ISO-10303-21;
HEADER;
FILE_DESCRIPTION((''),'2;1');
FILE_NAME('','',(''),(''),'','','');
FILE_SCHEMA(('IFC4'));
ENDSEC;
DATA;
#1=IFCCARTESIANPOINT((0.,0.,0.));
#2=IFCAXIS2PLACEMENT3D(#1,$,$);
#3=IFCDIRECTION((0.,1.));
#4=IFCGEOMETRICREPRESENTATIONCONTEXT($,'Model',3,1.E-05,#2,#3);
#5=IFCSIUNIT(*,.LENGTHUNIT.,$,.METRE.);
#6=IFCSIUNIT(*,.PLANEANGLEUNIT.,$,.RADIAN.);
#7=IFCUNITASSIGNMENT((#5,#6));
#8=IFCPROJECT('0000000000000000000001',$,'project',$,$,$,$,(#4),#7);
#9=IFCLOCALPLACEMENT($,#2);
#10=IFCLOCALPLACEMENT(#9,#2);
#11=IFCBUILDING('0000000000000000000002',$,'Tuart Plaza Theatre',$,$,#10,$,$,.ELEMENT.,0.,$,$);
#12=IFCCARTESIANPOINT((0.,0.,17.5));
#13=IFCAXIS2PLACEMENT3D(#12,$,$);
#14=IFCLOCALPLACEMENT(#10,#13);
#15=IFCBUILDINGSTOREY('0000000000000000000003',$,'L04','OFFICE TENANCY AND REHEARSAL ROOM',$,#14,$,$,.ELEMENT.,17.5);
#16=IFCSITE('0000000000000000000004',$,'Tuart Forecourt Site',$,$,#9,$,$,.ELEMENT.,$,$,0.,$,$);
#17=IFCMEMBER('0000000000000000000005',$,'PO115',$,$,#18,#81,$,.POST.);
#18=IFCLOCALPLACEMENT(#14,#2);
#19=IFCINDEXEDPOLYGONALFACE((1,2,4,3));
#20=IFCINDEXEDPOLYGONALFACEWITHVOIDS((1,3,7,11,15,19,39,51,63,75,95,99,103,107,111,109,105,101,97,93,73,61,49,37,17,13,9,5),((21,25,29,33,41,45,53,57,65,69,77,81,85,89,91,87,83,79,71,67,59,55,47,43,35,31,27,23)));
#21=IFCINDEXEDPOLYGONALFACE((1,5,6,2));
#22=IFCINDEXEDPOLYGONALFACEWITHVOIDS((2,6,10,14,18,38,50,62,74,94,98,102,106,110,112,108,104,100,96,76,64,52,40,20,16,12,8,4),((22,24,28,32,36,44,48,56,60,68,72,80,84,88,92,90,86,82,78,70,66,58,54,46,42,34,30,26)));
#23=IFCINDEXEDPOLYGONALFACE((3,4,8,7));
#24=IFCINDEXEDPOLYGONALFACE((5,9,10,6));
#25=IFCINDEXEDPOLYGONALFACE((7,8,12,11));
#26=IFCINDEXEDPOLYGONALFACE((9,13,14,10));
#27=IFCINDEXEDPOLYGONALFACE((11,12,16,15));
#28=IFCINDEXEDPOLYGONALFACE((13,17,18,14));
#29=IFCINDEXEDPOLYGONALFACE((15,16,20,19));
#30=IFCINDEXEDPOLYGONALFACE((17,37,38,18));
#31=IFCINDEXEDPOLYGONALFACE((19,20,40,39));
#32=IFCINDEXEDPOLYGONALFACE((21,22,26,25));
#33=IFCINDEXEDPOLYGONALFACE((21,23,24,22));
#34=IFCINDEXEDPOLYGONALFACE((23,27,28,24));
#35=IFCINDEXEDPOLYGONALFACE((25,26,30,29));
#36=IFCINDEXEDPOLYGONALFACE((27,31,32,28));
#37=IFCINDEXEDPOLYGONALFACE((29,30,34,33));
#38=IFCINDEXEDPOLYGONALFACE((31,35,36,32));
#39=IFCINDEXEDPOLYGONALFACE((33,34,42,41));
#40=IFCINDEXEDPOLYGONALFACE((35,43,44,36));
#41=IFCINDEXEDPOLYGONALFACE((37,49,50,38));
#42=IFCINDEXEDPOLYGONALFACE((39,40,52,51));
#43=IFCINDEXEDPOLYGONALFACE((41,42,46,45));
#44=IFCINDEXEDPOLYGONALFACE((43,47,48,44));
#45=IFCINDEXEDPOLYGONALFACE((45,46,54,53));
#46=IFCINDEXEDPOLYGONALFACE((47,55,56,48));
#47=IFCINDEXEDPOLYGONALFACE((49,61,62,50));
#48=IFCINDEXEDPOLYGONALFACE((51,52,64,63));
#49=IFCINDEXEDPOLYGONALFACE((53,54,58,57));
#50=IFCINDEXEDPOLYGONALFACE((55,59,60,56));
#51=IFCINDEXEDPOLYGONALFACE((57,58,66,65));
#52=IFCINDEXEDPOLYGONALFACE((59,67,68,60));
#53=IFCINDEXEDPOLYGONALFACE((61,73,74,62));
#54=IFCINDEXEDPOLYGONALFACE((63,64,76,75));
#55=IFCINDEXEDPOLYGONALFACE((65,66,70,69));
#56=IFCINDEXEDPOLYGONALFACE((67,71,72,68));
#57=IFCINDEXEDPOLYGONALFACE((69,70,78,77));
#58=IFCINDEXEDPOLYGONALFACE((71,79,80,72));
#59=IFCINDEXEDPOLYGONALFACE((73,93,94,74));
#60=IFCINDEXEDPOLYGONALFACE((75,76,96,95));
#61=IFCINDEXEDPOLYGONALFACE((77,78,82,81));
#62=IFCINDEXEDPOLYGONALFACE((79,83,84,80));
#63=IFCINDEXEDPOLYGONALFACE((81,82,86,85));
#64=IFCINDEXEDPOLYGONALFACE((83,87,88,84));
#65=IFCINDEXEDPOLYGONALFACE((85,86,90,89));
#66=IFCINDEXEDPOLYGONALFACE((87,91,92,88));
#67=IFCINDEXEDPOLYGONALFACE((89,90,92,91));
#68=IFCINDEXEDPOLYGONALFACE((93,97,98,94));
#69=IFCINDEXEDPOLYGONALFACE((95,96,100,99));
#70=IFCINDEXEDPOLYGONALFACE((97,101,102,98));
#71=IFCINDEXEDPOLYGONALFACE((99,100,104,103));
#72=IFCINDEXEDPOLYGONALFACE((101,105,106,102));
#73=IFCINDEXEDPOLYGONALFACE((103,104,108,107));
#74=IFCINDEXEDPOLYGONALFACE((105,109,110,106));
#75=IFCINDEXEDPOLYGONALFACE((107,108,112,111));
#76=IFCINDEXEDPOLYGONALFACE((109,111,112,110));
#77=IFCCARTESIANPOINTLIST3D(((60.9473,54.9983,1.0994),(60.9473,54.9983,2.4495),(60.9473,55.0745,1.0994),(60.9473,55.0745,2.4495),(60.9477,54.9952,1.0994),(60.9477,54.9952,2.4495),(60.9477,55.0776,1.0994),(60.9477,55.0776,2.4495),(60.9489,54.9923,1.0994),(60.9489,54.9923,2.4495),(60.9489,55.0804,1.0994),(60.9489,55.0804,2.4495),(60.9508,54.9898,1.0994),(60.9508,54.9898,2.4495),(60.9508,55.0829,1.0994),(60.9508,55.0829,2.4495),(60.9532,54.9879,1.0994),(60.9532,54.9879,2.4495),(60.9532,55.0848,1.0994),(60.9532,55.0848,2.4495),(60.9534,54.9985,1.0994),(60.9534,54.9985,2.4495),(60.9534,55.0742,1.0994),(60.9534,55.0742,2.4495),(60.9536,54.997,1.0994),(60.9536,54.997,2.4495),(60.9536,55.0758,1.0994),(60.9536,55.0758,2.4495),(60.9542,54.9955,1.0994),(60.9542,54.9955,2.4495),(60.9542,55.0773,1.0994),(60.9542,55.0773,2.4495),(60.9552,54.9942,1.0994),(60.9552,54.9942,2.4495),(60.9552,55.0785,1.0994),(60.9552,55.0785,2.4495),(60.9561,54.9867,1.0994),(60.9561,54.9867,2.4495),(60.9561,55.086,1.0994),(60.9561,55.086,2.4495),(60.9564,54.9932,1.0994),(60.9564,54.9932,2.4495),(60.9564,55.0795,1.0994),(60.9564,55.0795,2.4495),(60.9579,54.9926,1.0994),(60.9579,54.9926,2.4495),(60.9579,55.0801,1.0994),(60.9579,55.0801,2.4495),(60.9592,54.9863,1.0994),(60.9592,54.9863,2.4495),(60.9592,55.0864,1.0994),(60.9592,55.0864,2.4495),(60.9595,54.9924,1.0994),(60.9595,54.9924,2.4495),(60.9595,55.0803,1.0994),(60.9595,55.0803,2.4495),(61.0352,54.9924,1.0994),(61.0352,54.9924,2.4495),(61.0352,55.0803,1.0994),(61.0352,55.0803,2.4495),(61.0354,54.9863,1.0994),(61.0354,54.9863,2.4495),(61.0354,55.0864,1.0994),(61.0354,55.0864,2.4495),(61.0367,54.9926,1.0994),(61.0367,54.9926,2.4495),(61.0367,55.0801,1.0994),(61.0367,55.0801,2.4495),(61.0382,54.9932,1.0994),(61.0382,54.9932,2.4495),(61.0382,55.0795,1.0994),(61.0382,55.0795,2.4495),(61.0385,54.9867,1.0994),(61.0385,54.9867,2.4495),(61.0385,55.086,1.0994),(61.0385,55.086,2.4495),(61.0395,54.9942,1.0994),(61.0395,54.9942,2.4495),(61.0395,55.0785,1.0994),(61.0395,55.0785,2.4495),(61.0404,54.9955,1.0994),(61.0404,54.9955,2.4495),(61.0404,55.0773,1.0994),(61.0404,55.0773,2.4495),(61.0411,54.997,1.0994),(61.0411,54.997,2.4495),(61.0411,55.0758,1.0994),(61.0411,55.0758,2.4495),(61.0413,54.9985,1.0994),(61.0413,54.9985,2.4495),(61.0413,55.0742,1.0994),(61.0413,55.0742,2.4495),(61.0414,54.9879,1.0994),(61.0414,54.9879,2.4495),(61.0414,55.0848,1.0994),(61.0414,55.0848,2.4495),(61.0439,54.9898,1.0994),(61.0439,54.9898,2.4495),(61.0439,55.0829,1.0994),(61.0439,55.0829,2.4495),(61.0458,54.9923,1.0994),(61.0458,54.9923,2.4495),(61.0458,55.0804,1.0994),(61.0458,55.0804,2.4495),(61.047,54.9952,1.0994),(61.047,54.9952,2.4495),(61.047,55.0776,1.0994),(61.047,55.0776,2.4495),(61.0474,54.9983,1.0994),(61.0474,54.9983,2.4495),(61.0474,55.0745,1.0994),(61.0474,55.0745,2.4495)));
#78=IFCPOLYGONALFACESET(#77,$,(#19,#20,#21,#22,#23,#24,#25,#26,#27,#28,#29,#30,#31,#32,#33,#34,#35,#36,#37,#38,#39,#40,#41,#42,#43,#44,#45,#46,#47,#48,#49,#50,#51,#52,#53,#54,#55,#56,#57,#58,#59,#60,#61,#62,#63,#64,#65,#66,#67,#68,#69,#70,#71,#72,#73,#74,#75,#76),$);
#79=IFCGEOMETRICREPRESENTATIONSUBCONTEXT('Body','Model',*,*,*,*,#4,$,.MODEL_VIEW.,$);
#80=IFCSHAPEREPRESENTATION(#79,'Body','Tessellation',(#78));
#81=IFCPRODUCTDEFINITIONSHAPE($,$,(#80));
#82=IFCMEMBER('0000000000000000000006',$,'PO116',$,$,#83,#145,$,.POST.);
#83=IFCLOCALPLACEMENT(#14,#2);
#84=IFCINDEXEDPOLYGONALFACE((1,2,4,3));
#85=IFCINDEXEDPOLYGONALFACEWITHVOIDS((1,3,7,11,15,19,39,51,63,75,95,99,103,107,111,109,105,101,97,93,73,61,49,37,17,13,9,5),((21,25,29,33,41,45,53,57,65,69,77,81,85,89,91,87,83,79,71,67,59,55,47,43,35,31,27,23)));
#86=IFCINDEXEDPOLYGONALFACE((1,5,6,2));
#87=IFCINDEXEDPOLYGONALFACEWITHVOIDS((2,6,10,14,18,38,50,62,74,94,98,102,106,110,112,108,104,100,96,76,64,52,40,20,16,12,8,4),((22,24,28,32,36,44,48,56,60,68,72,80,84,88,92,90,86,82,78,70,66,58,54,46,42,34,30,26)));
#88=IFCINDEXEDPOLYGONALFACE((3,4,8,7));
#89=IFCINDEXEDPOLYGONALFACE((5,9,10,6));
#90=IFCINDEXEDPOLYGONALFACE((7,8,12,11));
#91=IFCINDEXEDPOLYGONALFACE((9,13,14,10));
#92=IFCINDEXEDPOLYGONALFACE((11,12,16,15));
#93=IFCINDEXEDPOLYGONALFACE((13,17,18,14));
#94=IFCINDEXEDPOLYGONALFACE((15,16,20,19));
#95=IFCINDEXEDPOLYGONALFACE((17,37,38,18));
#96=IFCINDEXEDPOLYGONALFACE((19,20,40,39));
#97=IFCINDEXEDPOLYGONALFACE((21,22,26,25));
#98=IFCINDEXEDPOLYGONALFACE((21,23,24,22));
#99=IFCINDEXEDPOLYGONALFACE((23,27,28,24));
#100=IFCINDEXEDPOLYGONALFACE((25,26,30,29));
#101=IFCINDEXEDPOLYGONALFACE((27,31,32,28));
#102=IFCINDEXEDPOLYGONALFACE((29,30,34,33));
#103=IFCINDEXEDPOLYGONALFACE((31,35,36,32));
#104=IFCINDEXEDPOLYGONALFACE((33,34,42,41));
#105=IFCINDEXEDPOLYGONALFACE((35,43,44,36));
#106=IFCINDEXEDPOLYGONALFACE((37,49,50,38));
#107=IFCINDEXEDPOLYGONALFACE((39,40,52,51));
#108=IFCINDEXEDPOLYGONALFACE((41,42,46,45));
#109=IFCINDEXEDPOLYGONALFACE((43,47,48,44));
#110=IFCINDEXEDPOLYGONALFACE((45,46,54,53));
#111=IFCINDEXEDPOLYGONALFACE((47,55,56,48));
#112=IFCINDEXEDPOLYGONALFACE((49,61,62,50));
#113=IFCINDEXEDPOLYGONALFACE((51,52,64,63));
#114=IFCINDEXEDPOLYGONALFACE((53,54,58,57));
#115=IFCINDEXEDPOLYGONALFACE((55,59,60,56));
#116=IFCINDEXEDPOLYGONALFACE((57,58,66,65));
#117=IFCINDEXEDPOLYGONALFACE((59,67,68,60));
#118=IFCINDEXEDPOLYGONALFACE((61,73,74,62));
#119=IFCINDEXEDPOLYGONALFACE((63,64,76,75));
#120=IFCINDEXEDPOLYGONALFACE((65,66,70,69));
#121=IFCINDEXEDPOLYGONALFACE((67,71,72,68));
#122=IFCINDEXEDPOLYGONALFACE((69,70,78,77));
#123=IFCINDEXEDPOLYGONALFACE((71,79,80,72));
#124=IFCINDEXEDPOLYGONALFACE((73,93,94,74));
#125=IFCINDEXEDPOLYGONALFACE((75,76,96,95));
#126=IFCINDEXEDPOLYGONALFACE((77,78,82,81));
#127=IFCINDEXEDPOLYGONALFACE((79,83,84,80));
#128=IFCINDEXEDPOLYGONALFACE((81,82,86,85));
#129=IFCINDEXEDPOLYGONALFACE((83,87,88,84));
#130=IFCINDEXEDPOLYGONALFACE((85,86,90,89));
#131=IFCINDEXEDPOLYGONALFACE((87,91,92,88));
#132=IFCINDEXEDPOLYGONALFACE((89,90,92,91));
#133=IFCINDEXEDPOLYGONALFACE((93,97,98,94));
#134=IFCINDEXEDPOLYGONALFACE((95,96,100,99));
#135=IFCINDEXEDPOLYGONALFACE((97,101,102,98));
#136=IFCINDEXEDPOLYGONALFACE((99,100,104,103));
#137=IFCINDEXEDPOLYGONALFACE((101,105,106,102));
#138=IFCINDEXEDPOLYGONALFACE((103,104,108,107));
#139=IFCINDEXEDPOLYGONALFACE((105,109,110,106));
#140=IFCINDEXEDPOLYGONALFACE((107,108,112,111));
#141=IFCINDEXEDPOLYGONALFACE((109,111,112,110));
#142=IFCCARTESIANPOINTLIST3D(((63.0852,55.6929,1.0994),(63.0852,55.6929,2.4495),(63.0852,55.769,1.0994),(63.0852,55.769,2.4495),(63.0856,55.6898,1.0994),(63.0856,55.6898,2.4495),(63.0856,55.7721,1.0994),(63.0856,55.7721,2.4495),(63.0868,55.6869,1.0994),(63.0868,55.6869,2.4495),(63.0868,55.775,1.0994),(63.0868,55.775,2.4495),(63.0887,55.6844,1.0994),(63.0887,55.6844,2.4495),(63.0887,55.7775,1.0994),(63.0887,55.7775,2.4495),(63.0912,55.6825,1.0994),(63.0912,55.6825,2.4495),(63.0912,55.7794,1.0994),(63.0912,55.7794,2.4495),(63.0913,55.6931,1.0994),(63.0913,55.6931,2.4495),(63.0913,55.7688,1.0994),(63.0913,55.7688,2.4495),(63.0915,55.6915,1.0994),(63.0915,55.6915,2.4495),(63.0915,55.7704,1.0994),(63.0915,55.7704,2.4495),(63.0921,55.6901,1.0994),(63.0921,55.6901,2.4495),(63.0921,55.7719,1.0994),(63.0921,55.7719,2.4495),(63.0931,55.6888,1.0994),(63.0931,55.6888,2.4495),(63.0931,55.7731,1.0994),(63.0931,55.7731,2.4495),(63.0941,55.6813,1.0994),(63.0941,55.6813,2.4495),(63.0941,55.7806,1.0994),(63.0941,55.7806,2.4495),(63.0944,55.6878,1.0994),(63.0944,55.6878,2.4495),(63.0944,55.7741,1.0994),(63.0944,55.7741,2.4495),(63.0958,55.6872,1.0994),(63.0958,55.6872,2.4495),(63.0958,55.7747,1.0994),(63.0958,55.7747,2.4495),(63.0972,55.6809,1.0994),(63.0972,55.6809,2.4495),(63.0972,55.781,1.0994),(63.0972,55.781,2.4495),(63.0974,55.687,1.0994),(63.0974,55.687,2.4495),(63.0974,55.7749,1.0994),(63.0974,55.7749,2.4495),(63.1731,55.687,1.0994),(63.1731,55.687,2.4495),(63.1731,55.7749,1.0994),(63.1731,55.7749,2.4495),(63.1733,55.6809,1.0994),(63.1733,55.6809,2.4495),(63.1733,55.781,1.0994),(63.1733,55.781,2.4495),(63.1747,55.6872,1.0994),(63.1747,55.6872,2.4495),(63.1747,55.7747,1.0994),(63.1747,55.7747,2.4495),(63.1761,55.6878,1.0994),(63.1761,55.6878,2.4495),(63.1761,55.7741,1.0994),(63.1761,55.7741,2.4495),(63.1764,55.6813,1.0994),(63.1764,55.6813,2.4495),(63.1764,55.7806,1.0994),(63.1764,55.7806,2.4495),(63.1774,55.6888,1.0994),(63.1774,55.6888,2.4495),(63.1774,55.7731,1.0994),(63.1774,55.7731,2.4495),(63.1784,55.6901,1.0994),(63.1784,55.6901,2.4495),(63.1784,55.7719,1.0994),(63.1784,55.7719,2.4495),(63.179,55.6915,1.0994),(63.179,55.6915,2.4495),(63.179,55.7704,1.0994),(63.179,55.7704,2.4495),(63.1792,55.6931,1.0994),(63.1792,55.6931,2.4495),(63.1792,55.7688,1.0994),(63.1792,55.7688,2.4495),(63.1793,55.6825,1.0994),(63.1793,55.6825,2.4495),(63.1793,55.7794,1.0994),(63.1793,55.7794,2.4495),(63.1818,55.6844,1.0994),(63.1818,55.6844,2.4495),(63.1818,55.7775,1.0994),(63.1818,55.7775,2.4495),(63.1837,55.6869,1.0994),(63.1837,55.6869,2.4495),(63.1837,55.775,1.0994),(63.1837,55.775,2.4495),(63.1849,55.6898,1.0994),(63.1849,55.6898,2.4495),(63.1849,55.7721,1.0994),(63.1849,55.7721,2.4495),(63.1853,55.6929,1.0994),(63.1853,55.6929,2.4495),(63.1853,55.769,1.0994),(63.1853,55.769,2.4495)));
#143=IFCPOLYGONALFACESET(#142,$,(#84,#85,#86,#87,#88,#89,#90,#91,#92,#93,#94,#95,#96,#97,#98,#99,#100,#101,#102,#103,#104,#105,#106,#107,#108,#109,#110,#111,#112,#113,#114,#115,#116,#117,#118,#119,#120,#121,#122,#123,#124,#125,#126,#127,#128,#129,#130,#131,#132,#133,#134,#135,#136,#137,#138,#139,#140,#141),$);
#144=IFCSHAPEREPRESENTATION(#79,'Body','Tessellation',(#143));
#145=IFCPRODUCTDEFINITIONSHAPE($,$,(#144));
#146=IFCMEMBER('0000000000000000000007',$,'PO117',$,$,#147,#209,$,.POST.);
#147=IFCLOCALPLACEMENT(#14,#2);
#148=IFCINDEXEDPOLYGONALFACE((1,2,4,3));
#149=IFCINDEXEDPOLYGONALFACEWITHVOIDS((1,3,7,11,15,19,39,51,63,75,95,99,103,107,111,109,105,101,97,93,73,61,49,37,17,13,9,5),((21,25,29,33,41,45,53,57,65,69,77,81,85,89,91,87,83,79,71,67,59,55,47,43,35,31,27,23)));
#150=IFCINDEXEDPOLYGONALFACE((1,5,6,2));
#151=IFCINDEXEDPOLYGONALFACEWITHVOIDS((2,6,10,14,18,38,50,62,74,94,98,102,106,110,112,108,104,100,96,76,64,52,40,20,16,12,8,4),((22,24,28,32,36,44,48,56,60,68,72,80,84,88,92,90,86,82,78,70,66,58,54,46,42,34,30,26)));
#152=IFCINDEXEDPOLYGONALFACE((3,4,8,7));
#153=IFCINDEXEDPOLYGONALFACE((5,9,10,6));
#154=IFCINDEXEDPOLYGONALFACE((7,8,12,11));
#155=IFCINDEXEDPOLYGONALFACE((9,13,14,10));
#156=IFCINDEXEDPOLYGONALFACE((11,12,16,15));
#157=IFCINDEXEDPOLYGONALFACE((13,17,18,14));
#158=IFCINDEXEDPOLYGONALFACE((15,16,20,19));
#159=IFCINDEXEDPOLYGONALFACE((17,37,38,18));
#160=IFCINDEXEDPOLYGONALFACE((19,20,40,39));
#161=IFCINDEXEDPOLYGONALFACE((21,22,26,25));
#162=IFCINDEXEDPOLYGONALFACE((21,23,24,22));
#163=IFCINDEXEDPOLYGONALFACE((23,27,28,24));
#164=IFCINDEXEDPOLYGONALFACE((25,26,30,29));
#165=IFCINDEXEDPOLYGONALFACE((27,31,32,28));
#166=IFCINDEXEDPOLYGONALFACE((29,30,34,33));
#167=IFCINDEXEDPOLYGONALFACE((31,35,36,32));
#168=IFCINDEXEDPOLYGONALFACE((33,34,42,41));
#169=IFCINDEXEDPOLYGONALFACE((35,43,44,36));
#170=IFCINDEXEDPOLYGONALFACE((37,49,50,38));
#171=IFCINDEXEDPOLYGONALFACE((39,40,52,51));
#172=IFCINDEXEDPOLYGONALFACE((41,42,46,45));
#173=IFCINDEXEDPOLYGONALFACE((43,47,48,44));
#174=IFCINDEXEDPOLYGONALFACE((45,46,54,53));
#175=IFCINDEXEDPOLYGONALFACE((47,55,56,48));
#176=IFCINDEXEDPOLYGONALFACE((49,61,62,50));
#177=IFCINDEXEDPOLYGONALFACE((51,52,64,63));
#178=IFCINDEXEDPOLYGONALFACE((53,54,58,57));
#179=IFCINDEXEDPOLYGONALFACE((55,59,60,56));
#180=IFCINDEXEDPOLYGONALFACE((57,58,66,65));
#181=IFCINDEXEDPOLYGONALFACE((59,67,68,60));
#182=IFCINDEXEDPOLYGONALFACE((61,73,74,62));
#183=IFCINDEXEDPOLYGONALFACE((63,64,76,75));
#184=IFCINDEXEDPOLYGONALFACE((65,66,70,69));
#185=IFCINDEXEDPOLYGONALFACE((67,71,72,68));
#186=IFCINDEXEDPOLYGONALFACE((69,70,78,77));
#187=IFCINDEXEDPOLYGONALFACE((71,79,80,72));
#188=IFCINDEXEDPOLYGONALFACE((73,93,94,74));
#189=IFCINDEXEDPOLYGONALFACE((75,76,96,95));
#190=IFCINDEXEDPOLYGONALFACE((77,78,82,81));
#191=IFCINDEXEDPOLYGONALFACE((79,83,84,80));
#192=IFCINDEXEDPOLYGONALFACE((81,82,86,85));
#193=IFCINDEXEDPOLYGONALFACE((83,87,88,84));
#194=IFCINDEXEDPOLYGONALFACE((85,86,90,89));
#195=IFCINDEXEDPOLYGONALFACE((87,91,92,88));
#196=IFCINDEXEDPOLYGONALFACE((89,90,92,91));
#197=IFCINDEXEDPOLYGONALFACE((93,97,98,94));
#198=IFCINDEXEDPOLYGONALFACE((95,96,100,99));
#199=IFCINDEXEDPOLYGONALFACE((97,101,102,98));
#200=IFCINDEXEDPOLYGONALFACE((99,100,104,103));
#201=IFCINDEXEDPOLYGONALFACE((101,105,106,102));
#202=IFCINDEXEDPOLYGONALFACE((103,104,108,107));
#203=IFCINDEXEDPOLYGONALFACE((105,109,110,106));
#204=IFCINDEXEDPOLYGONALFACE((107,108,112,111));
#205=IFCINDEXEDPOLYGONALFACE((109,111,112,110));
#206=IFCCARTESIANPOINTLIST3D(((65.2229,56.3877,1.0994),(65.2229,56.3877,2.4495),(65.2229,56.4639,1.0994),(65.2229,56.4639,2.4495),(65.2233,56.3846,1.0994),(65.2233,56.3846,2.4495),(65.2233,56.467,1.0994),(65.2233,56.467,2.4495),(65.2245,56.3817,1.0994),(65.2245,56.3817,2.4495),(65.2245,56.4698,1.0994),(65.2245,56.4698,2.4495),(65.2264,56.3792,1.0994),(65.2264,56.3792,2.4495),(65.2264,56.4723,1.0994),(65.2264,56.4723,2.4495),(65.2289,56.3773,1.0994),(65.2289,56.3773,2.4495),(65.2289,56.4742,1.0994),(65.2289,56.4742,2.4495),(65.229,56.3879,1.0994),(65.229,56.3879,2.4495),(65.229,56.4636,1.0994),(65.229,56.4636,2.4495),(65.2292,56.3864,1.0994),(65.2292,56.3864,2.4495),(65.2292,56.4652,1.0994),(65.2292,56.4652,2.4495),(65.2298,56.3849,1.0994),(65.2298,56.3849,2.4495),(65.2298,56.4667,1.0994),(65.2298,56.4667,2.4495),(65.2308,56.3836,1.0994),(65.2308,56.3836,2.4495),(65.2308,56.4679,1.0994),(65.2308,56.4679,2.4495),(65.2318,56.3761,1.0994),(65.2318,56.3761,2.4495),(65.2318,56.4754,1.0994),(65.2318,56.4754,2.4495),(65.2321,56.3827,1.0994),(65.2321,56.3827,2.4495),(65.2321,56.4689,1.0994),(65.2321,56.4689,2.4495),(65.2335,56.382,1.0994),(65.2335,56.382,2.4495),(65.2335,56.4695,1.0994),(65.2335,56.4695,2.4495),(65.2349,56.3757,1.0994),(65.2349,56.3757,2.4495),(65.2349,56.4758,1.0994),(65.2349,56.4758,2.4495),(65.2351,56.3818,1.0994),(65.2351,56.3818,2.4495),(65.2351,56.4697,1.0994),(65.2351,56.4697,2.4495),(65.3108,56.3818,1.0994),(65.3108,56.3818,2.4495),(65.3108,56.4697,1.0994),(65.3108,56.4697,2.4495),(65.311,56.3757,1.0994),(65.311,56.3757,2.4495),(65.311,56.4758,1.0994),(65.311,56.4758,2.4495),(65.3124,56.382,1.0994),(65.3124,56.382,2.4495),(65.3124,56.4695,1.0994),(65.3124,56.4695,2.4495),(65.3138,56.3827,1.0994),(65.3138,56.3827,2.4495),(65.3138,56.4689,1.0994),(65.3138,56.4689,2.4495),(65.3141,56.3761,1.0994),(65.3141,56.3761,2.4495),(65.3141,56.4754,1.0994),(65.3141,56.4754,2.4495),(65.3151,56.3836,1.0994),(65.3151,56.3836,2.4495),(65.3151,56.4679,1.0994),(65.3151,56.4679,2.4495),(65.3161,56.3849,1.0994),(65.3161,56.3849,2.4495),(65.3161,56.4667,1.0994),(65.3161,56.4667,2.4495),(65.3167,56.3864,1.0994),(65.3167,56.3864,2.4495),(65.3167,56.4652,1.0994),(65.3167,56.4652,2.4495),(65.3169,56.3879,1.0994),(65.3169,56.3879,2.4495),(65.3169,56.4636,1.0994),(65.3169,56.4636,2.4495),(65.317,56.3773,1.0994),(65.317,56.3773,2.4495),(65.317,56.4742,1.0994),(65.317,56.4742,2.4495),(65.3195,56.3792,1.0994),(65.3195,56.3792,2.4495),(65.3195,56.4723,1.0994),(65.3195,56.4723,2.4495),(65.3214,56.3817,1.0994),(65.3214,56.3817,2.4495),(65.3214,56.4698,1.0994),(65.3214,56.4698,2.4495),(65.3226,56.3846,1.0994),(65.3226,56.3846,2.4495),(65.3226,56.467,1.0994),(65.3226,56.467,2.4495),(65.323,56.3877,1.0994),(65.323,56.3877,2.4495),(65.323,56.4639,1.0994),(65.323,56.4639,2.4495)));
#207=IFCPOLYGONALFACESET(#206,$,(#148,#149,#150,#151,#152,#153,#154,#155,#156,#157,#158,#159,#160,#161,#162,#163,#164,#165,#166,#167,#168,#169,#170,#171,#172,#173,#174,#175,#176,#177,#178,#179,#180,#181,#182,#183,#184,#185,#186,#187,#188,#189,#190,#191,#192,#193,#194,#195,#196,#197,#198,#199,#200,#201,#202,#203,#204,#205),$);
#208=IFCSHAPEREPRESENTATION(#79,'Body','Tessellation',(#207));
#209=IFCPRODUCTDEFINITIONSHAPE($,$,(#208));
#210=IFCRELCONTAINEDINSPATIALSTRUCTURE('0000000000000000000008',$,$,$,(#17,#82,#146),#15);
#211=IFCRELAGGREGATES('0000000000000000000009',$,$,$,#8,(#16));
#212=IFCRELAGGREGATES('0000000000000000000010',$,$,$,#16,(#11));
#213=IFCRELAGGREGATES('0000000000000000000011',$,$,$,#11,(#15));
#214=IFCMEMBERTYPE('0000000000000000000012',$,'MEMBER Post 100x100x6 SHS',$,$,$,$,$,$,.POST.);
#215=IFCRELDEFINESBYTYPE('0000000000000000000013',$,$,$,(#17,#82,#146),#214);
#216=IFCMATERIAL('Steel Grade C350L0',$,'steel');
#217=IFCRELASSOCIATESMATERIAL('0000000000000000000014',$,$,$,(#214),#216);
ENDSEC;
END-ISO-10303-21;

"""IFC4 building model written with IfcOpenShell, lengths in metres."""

from ifc_helpers import new_model, si_unit, direction, frame, origin, origin_2d, place, context, subcontext, project, spatial, hollow_rectangle, extrude, material, material_profile, profile_set, type_object, element, save


model = new_model("IFC4")

# Units and contexts
model_context = context("Model", 3, precision=1e-05, world=origin(), true_north=direction((0.0, 1.0)))
body_context = subcontext(model_context, "Body", "Model", "MODEL_VIEW")
ifc_project = project(units=[si_unit("LENGTHUNIT", "METRE"), si_unit("PLANEANGLEUNIT", "RADIAN")], contexts=[model_context])

# Site, building, storey
site_placement = place(None, origin())
site = spatial("IfcSite", under=ifc_project, at=site_placement, Name="Tuart Forecourt Site", CompositionType="ELEMENT", RefElevation=0.0)
building_placement = place(site_placement, origin())
building = spatial("IfcBuilding", under=site, at=building_placement, Name="Tuart Plaza Theatre", CompositionType="ELEMENT", ElevationOfRefHeight=0.0)
storey_placement = place(building_placement, frame((0.0, 0.0, 17.5)))
storey = spatial("IfcBuildingStorey", under=building, at=storey_placement, Name="L04", Description="OFFICE TENANCY AND REHEARSAL ROOM", CompositionType="ELEMENT", Elevation=17.5)

# Members
ifc_material_1 = material(Name="Steel Grade C350L0", Category="steel")
ifc_material_profile_1 = material_profile(ifc_material_1, hollow_rectangle(XDim=0.1001, YDim=0.1001, WallThickness=0.0061, InnerFilletRadius=0.0061, OuterFilletRadius=0.012, at=origin_2d()), Name="100x100x6 SHS")
ifc_profile_set_1 = profile_set([ifc_material_profile_1], Name="Steel Grade C350L0")
member_type_1 = type_object("IfcMemberType", Name="MEMBER Post 100x100x6 SHS", PredefinedType="POST", material=ifc_profile_set_1)
for number, where, z_axis, x_axis, name in (
    (1, (60.9973, 55.0364, 1.0994), (0.0, 0.0, 1.0), (1.0, 0.0, 0.0), "PO115"),
    (2, (63.1353, 55.731, 1.0994), (0.0, 0.0, 1.0), (1.0, 0.0, 0.0), "PO116"),
    (3, (65.2729, 56.4258, 1.0994), (0.0, 0.0, 1.0), (1.0, 0.0, 0.0), "PO117"),
):
    element("IfcMember", number, at=place(storey_placement, frame(where, z_axis=z_axis, x_axis=x_axis)), inside=storey, type_object=member_type_1, Name=name, PredefinedType="POST", context=body_context, shape_type="SweptSolid", body=[
        extrude(hollow_rectangle(XDim=0.1001, YDim=0.1001, WallThickness=0.0061, InnerFilletRadius=0.0061, OuterFilletRadius=0.012, at=origin_2d()), origin(), (0.0, 0.0, 1.0), 1.3501),
    ])

save(model, "model.ifc")
